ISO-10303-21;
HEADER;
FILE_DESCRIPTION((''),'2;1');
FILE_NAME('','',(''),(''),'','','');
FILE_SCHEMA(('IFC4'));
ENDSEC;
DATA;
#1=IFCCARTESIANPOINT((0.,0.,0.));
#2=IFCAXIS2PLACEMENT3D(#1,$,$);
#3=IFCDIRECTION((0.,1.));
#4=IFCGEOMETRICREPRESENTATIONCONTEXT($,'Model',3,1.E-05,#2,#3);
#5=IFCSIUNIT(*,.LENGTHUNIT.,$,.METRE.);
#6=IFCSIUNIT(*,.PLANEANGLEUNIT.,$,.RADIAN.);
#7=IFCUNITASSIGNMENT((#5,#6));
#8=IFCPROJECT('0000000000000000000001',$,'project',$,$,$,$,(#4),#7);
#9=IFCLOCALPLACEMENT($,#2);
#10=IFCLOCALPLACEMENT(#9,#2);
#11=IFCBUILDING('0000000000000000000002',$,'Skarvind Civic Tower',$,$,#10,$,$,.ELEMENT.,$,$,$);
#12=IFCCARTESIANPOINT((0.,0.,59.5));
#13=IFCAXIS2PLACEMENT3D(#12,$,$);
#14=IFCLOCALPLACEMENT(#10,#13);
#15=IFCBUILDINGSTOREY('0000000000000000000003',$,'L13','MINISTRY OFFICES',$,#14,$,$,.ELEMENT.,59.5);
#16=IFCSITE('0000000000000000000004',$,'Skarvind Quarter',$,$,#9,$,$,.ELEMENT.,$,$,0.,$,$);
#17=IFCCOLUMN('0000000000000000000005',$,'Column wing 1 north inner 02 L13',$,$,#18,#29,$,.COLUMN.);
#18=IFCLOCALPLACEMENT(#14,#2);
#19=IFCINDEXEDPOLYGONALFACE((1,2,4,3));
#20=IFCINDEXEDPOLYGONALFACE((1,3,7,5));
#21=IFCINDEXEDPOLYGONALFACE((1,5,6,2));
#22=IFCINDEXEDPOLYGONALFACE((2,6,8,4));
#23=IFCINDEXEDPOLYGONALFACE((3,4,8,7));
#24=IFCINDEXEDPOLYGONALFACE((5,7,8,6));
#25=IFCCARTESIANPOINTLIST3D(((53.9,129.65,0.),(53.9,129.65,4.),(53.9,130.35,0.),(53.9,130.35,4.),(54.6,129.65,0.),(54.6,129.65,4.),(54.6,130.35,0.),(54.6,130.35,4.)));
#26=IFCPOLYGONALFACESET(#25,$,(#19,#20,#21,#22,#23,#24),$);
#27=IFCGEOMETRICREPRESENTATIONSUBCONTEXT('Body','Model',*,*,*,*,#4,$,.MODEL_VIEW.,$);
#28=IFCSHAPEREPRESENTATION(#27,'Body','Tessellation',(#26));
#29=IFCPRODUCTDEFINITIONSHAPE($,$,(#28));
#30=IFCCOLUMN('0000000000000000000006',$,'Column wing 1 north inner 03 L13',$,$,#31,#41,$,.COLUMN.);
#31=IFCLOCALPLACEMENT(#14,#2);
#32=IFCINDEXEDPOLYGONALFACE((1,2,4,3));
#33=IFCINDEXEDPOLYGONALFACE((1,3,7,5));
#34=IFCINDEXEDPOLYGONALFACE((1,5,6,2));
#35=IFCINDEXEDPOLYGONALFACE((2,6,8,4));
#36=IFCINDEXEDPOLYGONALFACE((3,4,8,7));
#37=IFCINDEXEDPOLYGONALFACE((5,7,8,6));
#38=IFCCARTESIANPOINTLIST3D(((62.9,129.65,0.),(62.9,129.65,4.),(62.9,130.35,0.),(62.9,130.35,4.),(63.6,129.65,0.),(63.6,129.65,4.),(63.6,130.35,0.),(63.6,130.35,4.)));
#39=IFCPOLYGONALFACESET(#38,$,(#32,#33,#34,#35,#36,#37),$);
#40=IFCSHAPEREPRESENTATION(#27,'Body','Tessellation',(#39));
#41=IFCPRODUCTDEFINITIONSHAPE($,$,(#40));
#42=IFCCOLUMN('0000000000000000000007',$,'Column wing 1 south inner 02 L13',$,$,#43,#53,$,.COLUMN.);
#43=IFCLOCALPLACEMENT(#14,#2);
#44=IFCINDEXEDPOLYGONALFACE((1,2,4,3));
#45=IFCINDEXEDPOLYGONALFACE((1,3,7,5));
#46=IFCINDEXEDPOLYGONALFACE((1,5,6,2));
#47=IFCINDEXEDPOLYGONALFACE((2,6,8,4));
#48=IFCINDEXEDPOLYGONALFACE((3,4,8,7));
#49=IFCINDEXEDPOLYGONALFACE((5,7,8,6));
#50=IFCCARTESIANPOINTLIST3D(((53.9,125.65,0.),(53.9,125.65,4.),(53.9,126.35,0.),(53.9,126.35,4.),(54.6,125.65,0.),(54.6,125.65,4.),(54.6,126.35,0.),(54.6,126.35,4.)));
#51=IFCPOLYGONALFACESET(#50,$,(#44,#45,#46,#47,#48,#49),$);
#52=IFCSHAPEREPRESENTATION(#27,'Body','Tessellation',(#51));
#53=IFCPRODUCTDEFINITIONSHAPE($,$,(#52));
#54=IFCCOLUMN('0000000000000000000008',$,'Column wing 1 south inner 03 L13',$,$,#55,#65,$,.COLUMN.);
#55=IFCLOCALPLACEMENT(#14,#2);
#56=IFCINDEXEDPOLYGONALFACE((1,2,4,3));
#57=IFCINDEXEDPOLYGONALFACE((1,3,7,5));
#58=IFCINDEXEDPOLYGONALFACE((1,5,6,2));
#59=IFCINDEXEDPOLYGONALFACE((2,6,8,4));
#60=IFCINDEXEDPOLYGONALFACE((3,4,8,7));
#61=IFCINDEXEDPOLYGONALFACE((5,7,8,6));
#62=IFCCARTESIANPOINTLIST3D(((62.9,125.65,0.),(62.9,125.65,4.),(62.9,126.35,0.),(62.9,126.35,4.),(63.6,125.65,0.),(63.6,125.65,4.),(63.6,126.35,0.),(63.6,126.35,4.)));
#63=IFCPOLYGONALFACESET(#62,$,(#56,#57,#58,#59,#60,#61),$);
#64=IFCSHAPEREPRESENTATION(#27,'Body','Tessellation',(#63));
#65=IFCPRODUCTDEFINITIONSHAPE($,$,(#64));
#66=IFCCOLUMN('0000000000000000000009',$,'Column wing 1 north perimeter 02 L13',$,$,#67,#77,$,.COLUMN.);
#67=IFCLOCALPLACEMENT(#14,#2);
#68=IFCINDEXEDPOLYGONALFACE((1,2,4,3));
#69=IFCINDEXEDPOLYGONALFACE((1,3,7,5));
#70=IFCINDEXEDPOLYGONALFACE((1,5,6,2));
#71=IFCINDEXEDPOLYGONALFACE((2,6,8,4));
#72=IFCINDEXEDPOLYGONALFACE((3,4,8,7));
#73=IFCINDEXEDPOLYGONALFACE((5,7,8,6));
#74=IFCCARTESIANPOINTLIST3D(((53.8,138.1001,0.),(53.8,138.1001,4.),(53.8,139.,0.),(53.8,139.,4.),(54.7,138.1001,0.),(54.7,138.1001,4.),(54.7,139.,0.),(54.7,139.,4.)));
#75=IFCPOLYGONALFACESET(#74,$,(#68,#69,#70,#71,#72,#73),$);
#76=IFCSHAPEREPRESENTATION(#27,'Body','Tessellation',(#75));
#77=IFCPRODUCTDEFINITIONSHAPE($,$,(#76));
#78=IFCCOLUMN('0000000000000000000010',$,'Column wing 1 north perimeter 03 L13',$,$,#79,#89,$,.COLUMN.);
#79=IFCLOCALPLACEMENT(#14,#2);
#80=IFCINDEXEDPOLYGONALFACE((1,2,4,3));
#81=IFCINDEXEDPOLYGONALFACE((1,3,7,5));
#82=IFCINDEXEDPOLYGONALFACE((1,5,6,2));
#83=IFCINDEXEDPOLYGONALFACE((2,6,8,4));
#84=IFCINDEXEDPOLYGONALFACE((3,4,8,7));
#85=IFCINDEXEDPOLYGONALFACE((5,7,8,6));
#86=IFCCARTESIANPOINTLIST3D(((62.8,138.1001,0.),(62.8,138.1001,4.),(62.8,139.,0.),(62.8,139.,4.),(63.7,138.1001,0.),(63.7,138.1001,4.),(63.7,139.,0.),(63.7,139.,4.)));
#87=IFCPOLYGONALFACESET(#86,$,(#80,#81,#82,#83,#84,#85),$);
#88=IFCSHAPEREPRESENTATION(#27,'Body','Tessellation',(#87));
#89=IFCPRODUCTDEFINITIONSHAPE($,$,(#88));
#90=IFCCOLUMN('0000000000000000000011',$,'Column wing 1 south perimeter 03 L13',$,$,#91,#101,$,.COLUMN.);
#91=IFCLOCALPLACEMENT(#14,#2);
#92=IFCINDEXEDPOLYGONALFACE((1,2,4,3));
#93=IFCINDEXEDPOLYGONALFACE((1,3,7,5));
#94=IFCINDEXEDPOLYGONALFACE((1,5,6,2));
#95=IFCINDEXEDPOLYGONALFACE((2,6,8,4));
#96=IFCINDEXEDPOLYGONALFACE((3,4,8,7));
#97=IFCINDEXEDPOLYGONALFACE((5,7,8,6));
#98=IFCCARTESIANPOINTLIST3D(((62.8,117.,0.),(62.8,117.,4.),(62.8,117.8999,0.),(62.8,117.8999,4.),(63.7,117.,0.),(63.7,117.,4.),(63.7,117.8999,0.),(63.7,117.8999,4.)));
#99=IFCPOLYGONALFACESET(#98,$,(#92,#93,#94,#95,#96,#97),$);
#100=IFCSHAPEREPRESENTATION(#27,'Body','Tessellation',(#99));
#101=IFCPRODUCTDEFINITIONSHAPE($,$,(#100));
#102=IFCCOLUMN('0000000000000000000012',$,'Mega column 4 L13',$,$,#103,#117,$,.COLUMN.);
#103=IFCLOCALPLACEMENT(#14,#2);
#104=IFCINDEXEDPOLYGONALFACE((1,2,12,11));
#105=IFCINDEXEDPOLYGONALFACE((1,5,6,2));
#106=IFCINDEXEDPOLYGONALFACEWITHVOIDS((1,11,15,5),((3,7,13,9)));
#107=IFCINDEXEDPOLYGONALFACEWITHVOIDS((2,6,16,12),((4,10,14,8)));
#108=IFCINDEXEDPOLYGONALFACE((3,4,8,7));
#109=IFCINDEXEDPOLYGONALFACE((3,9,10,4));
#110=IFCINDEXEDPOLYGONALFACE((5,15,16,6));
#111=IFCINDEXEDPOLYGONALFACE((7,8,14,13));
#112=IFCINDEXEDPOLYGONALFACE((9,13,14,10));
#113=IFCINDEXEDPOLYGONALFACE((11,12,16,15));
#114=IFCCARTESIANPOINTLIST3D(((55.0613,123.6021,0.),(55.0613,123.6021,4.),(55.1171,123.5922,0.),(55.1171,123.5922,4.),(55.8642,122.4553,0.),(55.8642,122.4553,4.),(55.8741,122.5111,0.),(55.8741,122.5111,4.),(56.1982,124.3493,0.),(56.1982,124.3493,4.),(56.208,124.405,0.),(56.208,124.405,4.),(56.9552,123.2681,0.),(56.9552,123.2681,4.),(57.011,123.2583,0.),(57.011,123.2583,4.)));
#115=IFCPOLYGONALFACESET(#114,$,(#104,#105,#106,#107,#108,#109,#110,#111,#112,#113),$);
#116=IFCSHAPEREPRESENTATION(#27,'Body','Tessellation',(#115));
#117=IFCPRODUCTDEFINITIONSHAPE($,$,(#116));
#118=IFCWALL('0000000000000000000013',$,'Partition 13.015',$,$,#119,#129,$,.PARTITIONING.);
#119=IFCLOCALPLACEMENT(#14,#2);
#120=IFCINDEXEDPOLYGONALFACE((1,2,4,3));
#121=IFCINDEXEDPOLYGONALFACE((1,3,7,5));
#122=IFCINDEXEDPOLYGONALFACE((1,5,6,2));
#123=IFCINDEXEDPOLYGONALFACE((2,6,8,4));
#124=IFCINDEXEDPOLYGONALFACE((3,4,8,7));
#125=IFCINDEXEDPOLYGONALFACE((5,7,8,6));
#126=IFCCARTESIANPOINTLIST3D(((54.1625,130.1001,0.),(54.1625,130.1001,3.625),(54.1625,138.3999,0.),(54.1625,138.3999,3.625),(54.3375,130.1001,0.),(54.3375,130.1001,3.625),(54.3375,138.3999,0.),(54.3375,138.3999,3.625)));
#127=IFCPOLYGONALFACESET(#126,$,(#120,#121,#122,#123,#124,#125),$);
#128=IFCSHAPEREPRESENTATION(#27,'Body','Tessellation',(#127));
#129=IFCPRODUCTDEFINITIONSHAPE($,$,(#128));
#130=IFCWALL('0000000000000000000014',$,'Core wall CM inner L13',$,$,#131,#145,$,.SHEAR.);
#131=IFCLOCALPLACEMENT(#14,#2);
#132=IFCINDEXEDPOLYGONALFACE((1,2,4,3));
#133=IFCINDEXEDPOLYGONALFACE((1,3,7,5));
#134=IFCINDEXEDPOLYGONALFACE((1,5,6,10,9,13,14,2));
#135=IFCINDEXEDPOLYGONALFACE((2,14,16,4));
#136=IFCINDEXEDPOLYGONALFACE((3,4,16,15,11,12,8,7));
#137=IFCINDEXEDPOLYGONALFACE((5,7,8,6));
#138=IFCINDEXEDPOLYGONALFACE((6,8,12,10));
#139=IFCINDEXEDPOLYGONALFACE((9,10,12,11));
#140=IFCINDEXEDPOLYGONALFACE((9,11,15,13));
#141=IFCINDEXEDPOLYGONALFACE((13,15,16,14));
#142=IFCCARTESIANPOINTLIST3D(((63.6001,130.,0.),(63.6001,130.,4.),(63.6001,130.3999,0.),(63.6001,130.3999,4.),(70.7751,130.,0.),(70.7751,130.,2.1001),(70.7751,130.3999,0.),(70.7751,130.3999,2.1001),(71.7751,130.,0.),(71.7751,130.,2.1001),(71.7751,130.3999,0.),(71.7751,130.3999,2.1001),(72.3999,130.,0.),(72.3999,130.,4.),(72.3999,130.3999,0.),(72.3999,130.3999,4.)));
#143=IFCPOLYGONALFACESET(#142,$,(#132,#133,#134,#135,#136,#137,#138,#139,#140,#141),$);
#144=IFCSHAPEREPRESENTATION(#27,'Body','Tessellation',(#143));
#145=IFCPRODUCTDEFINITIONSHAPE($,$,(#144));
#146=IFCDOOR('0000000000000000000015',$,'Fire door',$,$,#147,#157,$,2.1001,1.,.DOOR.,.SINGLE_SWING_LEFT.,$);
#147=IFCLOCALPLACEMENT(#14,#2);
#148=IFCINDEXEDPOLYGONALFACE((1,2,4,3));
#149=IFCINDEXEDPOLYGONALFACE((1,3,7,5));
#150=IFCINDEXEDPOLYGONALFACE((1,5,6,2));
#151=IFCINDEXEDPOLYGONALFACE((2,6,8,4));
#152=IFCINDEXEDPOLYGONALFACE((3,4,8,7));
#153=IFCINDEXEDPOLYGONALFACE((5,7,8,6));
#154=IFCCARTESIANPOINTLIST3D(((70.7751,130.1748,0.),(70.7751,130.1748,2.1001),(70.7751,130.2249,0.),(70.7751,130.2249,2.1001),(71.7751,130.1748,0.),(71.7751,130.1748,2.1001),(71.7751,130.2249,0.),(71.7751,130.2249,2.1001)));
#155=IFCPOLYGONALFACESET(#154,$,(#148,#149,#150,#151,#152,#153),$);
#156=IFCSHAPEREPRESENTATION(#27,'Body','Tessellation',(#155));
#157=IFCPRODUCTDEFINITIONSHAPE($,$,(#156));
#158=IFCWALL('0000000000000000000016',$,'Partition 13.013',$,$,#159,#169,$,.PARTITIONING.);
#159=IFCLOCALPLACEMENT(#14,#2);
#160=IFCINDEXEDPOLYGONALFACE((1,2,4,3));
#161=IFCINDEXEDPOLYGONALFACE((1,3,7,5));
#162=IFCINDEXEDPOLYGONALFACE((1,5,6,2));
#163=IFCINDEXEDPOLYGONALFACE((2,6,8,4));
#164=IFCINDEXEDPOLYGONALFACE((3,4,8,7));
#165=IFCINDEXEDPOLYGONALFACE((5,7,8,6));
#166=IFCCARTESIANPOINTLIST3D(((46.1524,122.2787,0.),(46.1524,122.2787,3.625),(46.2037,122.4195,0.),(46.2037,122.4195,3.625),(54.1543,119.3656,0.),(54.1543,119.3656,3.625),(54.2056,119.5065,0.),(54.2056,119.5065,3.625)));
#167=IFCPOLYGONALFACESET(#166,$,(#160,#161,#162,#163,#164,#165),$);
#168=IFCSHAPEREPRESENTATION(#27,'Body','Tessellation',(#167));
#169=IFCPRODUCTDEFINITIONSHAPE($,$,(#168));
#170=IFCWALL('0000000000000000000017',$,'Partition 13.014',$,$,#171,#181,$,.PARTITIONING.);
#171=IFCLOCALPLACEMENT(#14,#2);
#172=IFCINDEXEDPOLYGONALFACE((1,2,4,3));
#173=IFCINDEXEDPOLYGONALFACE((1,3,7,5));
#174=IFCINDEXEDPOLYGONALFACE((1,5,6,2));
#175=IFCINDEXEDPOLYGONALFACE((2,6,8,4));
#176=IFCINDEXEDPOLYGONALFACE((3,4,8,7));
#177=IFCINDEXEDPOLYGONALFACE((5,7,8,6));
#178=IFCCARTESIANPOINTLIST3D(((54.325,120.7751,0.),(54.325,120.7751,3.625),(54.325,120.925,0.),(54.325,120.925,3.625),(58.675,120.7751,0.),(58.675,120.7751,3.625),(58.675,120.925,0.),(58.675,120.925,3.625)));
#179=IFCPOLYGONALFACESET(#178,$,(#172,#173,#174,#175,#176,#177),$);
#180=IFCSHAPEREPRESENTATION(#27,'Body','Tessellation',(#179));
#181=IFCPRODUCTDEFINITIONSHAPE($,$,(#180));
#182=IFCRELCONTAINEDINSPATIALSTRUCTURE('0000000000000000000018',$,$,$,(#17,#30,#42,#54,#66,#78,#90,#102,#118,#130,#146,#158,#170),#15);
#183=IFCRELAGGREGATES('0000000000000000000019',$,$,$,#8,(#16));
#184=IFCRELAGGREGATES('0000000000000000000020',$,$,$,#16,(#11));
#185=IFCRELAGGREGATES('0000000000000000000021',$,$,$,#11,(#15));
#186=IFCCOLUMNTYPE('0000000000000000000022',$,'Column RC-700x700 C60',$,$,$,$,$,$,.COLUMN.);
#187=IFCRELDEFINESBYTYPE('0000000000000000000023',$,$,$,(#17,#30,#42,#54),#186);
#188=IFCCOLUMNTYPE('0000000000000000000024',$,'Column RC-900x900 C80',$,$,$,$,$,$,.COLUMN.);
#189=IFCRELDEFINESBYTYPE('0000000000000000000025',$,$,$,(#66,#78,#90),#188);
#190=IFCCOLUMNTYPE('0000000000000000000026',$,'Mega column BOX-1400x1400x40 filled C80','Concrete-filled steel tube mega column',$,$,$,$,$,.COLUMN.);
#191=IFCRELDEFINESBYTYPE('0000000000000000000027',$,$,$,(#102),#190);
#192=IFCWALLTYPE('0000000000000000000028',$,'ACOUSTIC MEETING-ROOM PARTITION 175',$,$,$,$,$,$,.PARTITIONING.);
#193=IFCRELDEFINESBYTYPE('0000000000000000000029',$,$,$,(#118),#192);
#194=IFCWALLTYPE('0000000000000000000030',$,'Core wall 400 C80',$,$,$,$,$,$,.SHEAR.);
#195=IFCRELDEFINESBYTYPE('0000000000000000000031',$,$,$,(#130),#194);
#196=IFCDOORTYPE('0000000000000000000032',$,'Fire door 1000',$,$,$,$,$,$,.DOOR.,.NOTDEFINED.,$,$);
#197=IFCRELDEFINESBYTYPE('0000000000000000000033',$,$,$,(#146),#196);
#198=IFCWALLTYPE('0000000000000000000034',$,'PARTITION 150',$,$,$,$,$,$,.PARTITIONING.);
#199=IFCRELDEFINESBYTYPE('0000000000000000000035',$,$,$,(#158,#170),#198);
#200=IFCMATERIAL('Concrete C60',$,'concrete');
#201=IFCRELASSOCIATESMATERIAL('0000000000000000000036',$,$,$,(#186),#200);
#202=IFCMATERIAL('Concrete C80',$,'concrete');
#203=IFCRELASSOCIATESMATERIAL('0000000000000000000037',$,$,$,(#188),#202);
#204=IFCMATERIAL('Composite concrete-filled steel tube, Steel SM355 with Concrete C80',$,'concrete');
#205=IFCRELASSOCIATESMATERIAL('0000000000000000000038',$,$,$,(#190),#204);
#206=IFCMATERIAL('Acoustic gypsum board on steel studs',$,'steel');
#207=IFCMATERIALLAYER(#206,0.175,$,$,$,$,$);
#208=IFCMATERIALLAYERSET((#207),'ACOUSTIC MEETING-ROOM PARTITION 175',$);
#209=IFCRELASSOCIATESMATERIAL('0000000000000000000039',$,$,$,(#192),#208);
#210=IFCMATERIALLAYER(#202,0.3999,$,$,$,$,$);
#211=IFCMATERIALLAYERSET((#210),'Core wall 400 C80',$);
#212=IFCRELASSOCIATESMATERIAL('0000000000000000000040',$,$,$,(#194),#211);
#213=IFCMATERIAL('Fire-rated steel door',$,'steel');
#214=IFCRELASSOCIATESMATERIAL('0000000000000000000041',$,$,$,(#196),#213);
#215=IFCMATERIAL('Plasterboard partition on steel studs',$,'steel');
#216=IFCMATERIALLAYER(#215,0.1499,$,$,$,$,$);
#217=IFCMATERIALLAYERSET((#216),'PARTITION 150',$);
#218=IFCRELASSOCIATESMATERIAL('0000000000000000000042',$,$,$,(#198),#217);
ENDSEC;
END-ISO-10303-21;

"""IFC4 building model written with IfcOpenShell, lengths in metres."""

from ifc_helpers import new_model, si_unit, direction, frame, frame_2d, origin, origin_2d, place, context, subcontext, project, spatial, rectangle, hollow_rectangle, extrude, material, layer, layer_set, material_profile, profile_set, type_object, element, fill, save


model = new_model("IFC4")

# Units and contexts
model_context = context("Model", 3, precision=1e-05, world=origin(), true_north=direction((0.0, 1.0)))
body_context = subcontext(model_context, "Body", "Model", "MODEL_VIEW")
ifc_project = project(units=[si_unit("LENGTHUNIT", "METRE"), si_unit("PLANEANGLEUNIT", "RADIAN")], contexts=[model_context])

# Site, building, storey
site_placement = place(None, origin())
site = spatial("IfcSite", under=ifc_project, at=site_placement, Name="Skarvind Quarter", CompositionType="ELEMENT", RefElevation=0.0)
building_placement = place(site_placement, origin())
building = spatial("IfcBuilding", under=site, at=building_placement, Name="Skarvind Civic Tower", CompositionType="ELEMENT")
storey_placement = place(building_placement, frame((0.0, 0.0, 59.5)))
storey = spatial("IfcBuildingStorey", under=building, at=storey_placement, Name="L13", Description="MINISTRY OFFICES", CompositionType="ELEMENT", Elevation=59.5)

# Columns
ifc_material_1 = material(Name="Concrete C60", Category="concrete")
ifc_material_profile_1 = material_profile(ifc_material_1, rectangle(XDim=0.7, YDim=0.7, at=origin_2d()), Name="RC-700x700")
ifc_profile_set_1 = profile_set([ifc_material_profile_1], Name="Concrete C60")
column_type_1 = type_object("IfcColumnType", Name="Column RC-700x700 C60", PredefinedType="COLUMN", material=ifc_profile_set_1)
for number, where, z_axis, x_axis, name in (
    (1, (54.25, 130.0, 0.0), (0.0, 0.0, 1.0), (1.0, 0.0, 0.0), "Column wing 1 north inner 02 L13"),
    (2, (63.25, 130.0, 0.0), (0.0, 0.0, 1.0), (1.0, 0.0, 0.0), "Column wing 1 north inner 03 L13"),
    (3, (54.25, 126.0, 0.0), (0.0, 0.0, 1.0), (1.0, 0.0, 0.0), "Column wing 1 south inner 02 L13"),
    (4, (63.25, 126.0, 0.0), (0.0, 0.0, 1.0), (1.0, 0.0, 0.0), "Column wing 1 south inner 03 L13"),
):
    element("IfcColumn", number, at=place(storey_placement, frame(where, z_axis=z_axis, x_axis=x_axis)), inside=storey, type_object=column_type_1, Name=name, PredefinedType="COLUMN", context=body_context, shape_type="SweptSolid", body=[
        extrude(rectangle(XDim=0.7, YDim=0.7, at=origin_2d()), origin(), (0.0, 0.0, 1.0), 4.0),
    ])
ifc_material_2 = material(Name="Concrete C80", Category="concrete")
ifc_material_profile_2 = material_profile(ifc_material_2, rectangle(XDim=0.8999, YDim=0.8999, at=origin_2d()), Name="RC-900x900")
ifc_profile_set_2 = profile_set([ifc_material_profile_2], Name="Concrete C80")
column_type_2 = type_object("IfcColumnType", Name="Column RC-900x900 C80", PredefinedType="COLUMN", material=ifc_profile_set_2)
for number, where, z_axis, x_axis, name in (
    (5, (54.25, 138.55, 0.0), (0.0, 0.0, 1.0), (1.0, 0.0, 0.0), "Column wing 1 north perimeter 02 L13"),
    (6, (63.25, 138.55, 0.0), (0.0, 0.0, 1.0), (1.0, 0.0, 0.0), "Column wing 1 north perimeter 03 L13"),
    (7, (63.25, 117.45, 0.0), (0.0, 0.0, 1.0), (1.0, 0.0, 0.0), "Column wing 1 south perimeter 03 L13"),
):
    element("IfcColumn", number, at=place(storey_placement, frame(where, z_axis=z_axis, x_axis=x_axis)), inside=storey, type_object=column_type_2, Name=name, PredefinedType="COLUMN", context=body_context, shape_type="SweptSolid", body=[
        extrude(rectangle(XDim=0.8999, YDim=0.8999, at=origin_2d()), origin(), (0.0, 0.0, 1.0), 4.0),
    ])
ifc_material_3 = material(Name="Composite concrete-filled steel tube, Steel SM355 with Concrete C80", Category="concrete")
ifc_material_profile_3 = material_profile(ifc_material_3, hollow_rectangle(XDim=1.3999, YDim=1.3999, WallThickness=0.04, at=origin_2d()), Name="BOX-1400x1400x40")
ifc_profile_set_3 = profile_set([ifc_material_profile_3], Name="Composite concrete-filled steel tube, Steel SM355 with Concrete C80")
column_type_3 = type_object("IfcColumnType", Name="Mega column BOX-1400x1400x40 filled C80", Description="Concrete-filled steel tube mega column", PredefinedType="COLUMN", material=ifc_profile_set_3)
column_placement = place(storey_placement, frame((56.0361, 123.4302, 0.0), z_axis=(0.0, 0.0, 1.0), x_axis=(0.573576, -0.819152, 0.0)))
element("IfcColumn", 8, at=column_placement, inside=storey, type_object=column_type_3, Name="Mega column 4 L13", PredefinedType="COLUMN", context=body_context, shape_type="SweptSolid", body=[
    extrude(hollow_rectangle(XDim=1.3999, YDim=1.3999, WallThickness=0.04, at=origin_2d()), origin(), (0.0, 0.0, 1.0), 4.0),
])

# Wall
ifc_material_4 = material(Name="Acoustic gypsum board on steel studs", Category="steel")
ifc_layer_1 = layer(ifc_material_4, 0.175)
ifc_layer_set_1 = layer_set([ifc_layer_1], Name="ACOUSTIC MEETING-ROOM PARTITION 175")
wall_type_1 = type_object("IfcWallType", Name="ACOUSTIC MEETING-ROOM PARTITION 175", PredefinedType="PARTITIONING", material=ifc_layer_set_1)
wall_1_placement = place(storey_placement, frame((54.25, 138.3999, 0.0), z_axis=(0.0, 0.0, 1.0), x_axis=(0.0, -1.0, 0.0)))
element("IfcWall", 9, at=wall_1_placement, inside=storey, type_object=wall_type_1, Name="Partition 13.015", PredefinedType="PARTITIONING", context=body_context, shape_type="SweptSolid", body=[
    extrude(rectangle(XDim=8.2998, YDim=0.175, at=frame_2d((4.1499, 0.0))), origin(), (0.0, 0.0, 1.0), 3.625),
])

# Wall, opening, door
ifc_layer_2 = layer(ifc_material_2, 0.3999)
ifc_layer_set_2 = layer_set([ifc_layer_2], Name="Core wall 400 C80")
wall_type_2 = type_object("IfcWallType", Name="Core wall 400 C80", PredefinedType="SHEAR", material=ifc_layer_set_2)
wall_2_placement = place(storey_placement, frame((63.6001, 130.2, 0.0), z_axis=(0.0, 0.0, 1.0), x_axis=(1.0, 0.0, 0.0)))
wall_2 = element("IfcWall", 10, at=wall_2_placement, inside=storey, type_object=wall_type_2, Name="Core wall CM inner L13", PredefinedType="SHEAR", context=body_context, shape_type="SweptSolid", body=[
    extrude(rectangle(XDim=8.7998, YDim=0.3999, at=frame_2d((4.3999, 0.0))), origin(), (0.0, 0.0, 1.0), 4.0),
])
opening_1_placement = place(wall_2_placement, frame((7.175, 0.0, 0.0)))
opening_1 = element("IfcOpeningElement", 11, at=opening_1_placement, cuts=wall_2, PredefinedType="OPENING", context=body_context, shape_type="SweptSolid", body=[
    extrude(rectangle(XDim=1.0, YDim=2.1001, at=frame_2d((0.5, 1.05))), frame((0.0, 0.21, 0.0), z_axis=(0.0, -1.0, 0.0), x_axis=(1.0, 0.0, 0.0)), (0.0, 0.0, 1.0), 0.4199),
])
ifc_material_5 = material(Name="Fire-rated steel door", Category="steel")
door_type_1 = type_object("IfcDoorType", Name="Fire door 1000", OperationType="NOTDEFINED", PredefinedType="DOOR", material=ifc_material_5)
door_1_placement = place(opening_1_placement, origin())
door_1 = element("IfcDoor", 12, at=door_1_placement, inside=storey, type_object=door_type_1, Name="Fire door", OperationType="SINGLE_SWING_LEFT", OverallHeight=2.1001, OverallWidth=1.0, PredefinedType="DOOR", context=body_context, shape_type="SweptSolid", body=[
    extrude(rectangle(XDim=1.0, YDim=2.1001, at=frame_2d((0.5, 1.05))), frame((0.0, 0.0249, 0.0), z_axis=(0.0, -1.0, 0.0), x_axis=(1.0, 0.0, 0.0)), (0.0, 0.0, 1.0), 0.05),
])
fill(opening_1, door_1)

# Walls
ifc_material_6 = material(Name="Plasterboard partition on steel studs", Category="steel")
ifc_layer_3 = layer(ifc_material_6, 0.1499)
ifc_layer_set_3 = layer_set([ifc_layer_3], Name="PARTITION 150")
wall_type_3 = type_object("IfcWallType", Name="PARTITION 150", PredefinedType="PARTITIONING", material=ifc_layer_set_3)
wall_3_placement = place(storey_placement, frame((54.1799, 119.436, 0.0), z_axis=(0.0, 0.0, 1.0), x_axis=(-0.939669, 0.342084, 0.0)))
element("IfcWall", 13, at=wall_3_placement, inside=storey, type_object=wall_type_3, Name="Partition 13.013", PredefinedType="PARTITIONING", context=body_context, shape_type="SweptSolid", body=[
    extrude(rectangle(XDim=8.5156, YDim=0.1499, at=frame_2d((4.2578, 0.0))), origin(), (0.0, 0.0, 1.0), 3.625),
])
wall_4_placement = place(storey_placement, frame((54.325, 120.8501, 0.0), z_axis=(0.0, 0.0, 1.0), x_axis=(1.0, 0.0, 0.0)))
element("IfcWall", 14, at=wall_4_placement, inside=storey, type_object=wall_type_3, Name="Partition 13.014", PredefinedType="PARTITIONING", context=body_context, shape_type="SweptSolid", body=[
    extrude(rectangle(XDim=4.3501, YDim=0.1499, at=frame_2d((2.175, 0.0))), origin(), (0.0, 0.0, 1.0), 3.625),
])

save(model, "model.ifc")
